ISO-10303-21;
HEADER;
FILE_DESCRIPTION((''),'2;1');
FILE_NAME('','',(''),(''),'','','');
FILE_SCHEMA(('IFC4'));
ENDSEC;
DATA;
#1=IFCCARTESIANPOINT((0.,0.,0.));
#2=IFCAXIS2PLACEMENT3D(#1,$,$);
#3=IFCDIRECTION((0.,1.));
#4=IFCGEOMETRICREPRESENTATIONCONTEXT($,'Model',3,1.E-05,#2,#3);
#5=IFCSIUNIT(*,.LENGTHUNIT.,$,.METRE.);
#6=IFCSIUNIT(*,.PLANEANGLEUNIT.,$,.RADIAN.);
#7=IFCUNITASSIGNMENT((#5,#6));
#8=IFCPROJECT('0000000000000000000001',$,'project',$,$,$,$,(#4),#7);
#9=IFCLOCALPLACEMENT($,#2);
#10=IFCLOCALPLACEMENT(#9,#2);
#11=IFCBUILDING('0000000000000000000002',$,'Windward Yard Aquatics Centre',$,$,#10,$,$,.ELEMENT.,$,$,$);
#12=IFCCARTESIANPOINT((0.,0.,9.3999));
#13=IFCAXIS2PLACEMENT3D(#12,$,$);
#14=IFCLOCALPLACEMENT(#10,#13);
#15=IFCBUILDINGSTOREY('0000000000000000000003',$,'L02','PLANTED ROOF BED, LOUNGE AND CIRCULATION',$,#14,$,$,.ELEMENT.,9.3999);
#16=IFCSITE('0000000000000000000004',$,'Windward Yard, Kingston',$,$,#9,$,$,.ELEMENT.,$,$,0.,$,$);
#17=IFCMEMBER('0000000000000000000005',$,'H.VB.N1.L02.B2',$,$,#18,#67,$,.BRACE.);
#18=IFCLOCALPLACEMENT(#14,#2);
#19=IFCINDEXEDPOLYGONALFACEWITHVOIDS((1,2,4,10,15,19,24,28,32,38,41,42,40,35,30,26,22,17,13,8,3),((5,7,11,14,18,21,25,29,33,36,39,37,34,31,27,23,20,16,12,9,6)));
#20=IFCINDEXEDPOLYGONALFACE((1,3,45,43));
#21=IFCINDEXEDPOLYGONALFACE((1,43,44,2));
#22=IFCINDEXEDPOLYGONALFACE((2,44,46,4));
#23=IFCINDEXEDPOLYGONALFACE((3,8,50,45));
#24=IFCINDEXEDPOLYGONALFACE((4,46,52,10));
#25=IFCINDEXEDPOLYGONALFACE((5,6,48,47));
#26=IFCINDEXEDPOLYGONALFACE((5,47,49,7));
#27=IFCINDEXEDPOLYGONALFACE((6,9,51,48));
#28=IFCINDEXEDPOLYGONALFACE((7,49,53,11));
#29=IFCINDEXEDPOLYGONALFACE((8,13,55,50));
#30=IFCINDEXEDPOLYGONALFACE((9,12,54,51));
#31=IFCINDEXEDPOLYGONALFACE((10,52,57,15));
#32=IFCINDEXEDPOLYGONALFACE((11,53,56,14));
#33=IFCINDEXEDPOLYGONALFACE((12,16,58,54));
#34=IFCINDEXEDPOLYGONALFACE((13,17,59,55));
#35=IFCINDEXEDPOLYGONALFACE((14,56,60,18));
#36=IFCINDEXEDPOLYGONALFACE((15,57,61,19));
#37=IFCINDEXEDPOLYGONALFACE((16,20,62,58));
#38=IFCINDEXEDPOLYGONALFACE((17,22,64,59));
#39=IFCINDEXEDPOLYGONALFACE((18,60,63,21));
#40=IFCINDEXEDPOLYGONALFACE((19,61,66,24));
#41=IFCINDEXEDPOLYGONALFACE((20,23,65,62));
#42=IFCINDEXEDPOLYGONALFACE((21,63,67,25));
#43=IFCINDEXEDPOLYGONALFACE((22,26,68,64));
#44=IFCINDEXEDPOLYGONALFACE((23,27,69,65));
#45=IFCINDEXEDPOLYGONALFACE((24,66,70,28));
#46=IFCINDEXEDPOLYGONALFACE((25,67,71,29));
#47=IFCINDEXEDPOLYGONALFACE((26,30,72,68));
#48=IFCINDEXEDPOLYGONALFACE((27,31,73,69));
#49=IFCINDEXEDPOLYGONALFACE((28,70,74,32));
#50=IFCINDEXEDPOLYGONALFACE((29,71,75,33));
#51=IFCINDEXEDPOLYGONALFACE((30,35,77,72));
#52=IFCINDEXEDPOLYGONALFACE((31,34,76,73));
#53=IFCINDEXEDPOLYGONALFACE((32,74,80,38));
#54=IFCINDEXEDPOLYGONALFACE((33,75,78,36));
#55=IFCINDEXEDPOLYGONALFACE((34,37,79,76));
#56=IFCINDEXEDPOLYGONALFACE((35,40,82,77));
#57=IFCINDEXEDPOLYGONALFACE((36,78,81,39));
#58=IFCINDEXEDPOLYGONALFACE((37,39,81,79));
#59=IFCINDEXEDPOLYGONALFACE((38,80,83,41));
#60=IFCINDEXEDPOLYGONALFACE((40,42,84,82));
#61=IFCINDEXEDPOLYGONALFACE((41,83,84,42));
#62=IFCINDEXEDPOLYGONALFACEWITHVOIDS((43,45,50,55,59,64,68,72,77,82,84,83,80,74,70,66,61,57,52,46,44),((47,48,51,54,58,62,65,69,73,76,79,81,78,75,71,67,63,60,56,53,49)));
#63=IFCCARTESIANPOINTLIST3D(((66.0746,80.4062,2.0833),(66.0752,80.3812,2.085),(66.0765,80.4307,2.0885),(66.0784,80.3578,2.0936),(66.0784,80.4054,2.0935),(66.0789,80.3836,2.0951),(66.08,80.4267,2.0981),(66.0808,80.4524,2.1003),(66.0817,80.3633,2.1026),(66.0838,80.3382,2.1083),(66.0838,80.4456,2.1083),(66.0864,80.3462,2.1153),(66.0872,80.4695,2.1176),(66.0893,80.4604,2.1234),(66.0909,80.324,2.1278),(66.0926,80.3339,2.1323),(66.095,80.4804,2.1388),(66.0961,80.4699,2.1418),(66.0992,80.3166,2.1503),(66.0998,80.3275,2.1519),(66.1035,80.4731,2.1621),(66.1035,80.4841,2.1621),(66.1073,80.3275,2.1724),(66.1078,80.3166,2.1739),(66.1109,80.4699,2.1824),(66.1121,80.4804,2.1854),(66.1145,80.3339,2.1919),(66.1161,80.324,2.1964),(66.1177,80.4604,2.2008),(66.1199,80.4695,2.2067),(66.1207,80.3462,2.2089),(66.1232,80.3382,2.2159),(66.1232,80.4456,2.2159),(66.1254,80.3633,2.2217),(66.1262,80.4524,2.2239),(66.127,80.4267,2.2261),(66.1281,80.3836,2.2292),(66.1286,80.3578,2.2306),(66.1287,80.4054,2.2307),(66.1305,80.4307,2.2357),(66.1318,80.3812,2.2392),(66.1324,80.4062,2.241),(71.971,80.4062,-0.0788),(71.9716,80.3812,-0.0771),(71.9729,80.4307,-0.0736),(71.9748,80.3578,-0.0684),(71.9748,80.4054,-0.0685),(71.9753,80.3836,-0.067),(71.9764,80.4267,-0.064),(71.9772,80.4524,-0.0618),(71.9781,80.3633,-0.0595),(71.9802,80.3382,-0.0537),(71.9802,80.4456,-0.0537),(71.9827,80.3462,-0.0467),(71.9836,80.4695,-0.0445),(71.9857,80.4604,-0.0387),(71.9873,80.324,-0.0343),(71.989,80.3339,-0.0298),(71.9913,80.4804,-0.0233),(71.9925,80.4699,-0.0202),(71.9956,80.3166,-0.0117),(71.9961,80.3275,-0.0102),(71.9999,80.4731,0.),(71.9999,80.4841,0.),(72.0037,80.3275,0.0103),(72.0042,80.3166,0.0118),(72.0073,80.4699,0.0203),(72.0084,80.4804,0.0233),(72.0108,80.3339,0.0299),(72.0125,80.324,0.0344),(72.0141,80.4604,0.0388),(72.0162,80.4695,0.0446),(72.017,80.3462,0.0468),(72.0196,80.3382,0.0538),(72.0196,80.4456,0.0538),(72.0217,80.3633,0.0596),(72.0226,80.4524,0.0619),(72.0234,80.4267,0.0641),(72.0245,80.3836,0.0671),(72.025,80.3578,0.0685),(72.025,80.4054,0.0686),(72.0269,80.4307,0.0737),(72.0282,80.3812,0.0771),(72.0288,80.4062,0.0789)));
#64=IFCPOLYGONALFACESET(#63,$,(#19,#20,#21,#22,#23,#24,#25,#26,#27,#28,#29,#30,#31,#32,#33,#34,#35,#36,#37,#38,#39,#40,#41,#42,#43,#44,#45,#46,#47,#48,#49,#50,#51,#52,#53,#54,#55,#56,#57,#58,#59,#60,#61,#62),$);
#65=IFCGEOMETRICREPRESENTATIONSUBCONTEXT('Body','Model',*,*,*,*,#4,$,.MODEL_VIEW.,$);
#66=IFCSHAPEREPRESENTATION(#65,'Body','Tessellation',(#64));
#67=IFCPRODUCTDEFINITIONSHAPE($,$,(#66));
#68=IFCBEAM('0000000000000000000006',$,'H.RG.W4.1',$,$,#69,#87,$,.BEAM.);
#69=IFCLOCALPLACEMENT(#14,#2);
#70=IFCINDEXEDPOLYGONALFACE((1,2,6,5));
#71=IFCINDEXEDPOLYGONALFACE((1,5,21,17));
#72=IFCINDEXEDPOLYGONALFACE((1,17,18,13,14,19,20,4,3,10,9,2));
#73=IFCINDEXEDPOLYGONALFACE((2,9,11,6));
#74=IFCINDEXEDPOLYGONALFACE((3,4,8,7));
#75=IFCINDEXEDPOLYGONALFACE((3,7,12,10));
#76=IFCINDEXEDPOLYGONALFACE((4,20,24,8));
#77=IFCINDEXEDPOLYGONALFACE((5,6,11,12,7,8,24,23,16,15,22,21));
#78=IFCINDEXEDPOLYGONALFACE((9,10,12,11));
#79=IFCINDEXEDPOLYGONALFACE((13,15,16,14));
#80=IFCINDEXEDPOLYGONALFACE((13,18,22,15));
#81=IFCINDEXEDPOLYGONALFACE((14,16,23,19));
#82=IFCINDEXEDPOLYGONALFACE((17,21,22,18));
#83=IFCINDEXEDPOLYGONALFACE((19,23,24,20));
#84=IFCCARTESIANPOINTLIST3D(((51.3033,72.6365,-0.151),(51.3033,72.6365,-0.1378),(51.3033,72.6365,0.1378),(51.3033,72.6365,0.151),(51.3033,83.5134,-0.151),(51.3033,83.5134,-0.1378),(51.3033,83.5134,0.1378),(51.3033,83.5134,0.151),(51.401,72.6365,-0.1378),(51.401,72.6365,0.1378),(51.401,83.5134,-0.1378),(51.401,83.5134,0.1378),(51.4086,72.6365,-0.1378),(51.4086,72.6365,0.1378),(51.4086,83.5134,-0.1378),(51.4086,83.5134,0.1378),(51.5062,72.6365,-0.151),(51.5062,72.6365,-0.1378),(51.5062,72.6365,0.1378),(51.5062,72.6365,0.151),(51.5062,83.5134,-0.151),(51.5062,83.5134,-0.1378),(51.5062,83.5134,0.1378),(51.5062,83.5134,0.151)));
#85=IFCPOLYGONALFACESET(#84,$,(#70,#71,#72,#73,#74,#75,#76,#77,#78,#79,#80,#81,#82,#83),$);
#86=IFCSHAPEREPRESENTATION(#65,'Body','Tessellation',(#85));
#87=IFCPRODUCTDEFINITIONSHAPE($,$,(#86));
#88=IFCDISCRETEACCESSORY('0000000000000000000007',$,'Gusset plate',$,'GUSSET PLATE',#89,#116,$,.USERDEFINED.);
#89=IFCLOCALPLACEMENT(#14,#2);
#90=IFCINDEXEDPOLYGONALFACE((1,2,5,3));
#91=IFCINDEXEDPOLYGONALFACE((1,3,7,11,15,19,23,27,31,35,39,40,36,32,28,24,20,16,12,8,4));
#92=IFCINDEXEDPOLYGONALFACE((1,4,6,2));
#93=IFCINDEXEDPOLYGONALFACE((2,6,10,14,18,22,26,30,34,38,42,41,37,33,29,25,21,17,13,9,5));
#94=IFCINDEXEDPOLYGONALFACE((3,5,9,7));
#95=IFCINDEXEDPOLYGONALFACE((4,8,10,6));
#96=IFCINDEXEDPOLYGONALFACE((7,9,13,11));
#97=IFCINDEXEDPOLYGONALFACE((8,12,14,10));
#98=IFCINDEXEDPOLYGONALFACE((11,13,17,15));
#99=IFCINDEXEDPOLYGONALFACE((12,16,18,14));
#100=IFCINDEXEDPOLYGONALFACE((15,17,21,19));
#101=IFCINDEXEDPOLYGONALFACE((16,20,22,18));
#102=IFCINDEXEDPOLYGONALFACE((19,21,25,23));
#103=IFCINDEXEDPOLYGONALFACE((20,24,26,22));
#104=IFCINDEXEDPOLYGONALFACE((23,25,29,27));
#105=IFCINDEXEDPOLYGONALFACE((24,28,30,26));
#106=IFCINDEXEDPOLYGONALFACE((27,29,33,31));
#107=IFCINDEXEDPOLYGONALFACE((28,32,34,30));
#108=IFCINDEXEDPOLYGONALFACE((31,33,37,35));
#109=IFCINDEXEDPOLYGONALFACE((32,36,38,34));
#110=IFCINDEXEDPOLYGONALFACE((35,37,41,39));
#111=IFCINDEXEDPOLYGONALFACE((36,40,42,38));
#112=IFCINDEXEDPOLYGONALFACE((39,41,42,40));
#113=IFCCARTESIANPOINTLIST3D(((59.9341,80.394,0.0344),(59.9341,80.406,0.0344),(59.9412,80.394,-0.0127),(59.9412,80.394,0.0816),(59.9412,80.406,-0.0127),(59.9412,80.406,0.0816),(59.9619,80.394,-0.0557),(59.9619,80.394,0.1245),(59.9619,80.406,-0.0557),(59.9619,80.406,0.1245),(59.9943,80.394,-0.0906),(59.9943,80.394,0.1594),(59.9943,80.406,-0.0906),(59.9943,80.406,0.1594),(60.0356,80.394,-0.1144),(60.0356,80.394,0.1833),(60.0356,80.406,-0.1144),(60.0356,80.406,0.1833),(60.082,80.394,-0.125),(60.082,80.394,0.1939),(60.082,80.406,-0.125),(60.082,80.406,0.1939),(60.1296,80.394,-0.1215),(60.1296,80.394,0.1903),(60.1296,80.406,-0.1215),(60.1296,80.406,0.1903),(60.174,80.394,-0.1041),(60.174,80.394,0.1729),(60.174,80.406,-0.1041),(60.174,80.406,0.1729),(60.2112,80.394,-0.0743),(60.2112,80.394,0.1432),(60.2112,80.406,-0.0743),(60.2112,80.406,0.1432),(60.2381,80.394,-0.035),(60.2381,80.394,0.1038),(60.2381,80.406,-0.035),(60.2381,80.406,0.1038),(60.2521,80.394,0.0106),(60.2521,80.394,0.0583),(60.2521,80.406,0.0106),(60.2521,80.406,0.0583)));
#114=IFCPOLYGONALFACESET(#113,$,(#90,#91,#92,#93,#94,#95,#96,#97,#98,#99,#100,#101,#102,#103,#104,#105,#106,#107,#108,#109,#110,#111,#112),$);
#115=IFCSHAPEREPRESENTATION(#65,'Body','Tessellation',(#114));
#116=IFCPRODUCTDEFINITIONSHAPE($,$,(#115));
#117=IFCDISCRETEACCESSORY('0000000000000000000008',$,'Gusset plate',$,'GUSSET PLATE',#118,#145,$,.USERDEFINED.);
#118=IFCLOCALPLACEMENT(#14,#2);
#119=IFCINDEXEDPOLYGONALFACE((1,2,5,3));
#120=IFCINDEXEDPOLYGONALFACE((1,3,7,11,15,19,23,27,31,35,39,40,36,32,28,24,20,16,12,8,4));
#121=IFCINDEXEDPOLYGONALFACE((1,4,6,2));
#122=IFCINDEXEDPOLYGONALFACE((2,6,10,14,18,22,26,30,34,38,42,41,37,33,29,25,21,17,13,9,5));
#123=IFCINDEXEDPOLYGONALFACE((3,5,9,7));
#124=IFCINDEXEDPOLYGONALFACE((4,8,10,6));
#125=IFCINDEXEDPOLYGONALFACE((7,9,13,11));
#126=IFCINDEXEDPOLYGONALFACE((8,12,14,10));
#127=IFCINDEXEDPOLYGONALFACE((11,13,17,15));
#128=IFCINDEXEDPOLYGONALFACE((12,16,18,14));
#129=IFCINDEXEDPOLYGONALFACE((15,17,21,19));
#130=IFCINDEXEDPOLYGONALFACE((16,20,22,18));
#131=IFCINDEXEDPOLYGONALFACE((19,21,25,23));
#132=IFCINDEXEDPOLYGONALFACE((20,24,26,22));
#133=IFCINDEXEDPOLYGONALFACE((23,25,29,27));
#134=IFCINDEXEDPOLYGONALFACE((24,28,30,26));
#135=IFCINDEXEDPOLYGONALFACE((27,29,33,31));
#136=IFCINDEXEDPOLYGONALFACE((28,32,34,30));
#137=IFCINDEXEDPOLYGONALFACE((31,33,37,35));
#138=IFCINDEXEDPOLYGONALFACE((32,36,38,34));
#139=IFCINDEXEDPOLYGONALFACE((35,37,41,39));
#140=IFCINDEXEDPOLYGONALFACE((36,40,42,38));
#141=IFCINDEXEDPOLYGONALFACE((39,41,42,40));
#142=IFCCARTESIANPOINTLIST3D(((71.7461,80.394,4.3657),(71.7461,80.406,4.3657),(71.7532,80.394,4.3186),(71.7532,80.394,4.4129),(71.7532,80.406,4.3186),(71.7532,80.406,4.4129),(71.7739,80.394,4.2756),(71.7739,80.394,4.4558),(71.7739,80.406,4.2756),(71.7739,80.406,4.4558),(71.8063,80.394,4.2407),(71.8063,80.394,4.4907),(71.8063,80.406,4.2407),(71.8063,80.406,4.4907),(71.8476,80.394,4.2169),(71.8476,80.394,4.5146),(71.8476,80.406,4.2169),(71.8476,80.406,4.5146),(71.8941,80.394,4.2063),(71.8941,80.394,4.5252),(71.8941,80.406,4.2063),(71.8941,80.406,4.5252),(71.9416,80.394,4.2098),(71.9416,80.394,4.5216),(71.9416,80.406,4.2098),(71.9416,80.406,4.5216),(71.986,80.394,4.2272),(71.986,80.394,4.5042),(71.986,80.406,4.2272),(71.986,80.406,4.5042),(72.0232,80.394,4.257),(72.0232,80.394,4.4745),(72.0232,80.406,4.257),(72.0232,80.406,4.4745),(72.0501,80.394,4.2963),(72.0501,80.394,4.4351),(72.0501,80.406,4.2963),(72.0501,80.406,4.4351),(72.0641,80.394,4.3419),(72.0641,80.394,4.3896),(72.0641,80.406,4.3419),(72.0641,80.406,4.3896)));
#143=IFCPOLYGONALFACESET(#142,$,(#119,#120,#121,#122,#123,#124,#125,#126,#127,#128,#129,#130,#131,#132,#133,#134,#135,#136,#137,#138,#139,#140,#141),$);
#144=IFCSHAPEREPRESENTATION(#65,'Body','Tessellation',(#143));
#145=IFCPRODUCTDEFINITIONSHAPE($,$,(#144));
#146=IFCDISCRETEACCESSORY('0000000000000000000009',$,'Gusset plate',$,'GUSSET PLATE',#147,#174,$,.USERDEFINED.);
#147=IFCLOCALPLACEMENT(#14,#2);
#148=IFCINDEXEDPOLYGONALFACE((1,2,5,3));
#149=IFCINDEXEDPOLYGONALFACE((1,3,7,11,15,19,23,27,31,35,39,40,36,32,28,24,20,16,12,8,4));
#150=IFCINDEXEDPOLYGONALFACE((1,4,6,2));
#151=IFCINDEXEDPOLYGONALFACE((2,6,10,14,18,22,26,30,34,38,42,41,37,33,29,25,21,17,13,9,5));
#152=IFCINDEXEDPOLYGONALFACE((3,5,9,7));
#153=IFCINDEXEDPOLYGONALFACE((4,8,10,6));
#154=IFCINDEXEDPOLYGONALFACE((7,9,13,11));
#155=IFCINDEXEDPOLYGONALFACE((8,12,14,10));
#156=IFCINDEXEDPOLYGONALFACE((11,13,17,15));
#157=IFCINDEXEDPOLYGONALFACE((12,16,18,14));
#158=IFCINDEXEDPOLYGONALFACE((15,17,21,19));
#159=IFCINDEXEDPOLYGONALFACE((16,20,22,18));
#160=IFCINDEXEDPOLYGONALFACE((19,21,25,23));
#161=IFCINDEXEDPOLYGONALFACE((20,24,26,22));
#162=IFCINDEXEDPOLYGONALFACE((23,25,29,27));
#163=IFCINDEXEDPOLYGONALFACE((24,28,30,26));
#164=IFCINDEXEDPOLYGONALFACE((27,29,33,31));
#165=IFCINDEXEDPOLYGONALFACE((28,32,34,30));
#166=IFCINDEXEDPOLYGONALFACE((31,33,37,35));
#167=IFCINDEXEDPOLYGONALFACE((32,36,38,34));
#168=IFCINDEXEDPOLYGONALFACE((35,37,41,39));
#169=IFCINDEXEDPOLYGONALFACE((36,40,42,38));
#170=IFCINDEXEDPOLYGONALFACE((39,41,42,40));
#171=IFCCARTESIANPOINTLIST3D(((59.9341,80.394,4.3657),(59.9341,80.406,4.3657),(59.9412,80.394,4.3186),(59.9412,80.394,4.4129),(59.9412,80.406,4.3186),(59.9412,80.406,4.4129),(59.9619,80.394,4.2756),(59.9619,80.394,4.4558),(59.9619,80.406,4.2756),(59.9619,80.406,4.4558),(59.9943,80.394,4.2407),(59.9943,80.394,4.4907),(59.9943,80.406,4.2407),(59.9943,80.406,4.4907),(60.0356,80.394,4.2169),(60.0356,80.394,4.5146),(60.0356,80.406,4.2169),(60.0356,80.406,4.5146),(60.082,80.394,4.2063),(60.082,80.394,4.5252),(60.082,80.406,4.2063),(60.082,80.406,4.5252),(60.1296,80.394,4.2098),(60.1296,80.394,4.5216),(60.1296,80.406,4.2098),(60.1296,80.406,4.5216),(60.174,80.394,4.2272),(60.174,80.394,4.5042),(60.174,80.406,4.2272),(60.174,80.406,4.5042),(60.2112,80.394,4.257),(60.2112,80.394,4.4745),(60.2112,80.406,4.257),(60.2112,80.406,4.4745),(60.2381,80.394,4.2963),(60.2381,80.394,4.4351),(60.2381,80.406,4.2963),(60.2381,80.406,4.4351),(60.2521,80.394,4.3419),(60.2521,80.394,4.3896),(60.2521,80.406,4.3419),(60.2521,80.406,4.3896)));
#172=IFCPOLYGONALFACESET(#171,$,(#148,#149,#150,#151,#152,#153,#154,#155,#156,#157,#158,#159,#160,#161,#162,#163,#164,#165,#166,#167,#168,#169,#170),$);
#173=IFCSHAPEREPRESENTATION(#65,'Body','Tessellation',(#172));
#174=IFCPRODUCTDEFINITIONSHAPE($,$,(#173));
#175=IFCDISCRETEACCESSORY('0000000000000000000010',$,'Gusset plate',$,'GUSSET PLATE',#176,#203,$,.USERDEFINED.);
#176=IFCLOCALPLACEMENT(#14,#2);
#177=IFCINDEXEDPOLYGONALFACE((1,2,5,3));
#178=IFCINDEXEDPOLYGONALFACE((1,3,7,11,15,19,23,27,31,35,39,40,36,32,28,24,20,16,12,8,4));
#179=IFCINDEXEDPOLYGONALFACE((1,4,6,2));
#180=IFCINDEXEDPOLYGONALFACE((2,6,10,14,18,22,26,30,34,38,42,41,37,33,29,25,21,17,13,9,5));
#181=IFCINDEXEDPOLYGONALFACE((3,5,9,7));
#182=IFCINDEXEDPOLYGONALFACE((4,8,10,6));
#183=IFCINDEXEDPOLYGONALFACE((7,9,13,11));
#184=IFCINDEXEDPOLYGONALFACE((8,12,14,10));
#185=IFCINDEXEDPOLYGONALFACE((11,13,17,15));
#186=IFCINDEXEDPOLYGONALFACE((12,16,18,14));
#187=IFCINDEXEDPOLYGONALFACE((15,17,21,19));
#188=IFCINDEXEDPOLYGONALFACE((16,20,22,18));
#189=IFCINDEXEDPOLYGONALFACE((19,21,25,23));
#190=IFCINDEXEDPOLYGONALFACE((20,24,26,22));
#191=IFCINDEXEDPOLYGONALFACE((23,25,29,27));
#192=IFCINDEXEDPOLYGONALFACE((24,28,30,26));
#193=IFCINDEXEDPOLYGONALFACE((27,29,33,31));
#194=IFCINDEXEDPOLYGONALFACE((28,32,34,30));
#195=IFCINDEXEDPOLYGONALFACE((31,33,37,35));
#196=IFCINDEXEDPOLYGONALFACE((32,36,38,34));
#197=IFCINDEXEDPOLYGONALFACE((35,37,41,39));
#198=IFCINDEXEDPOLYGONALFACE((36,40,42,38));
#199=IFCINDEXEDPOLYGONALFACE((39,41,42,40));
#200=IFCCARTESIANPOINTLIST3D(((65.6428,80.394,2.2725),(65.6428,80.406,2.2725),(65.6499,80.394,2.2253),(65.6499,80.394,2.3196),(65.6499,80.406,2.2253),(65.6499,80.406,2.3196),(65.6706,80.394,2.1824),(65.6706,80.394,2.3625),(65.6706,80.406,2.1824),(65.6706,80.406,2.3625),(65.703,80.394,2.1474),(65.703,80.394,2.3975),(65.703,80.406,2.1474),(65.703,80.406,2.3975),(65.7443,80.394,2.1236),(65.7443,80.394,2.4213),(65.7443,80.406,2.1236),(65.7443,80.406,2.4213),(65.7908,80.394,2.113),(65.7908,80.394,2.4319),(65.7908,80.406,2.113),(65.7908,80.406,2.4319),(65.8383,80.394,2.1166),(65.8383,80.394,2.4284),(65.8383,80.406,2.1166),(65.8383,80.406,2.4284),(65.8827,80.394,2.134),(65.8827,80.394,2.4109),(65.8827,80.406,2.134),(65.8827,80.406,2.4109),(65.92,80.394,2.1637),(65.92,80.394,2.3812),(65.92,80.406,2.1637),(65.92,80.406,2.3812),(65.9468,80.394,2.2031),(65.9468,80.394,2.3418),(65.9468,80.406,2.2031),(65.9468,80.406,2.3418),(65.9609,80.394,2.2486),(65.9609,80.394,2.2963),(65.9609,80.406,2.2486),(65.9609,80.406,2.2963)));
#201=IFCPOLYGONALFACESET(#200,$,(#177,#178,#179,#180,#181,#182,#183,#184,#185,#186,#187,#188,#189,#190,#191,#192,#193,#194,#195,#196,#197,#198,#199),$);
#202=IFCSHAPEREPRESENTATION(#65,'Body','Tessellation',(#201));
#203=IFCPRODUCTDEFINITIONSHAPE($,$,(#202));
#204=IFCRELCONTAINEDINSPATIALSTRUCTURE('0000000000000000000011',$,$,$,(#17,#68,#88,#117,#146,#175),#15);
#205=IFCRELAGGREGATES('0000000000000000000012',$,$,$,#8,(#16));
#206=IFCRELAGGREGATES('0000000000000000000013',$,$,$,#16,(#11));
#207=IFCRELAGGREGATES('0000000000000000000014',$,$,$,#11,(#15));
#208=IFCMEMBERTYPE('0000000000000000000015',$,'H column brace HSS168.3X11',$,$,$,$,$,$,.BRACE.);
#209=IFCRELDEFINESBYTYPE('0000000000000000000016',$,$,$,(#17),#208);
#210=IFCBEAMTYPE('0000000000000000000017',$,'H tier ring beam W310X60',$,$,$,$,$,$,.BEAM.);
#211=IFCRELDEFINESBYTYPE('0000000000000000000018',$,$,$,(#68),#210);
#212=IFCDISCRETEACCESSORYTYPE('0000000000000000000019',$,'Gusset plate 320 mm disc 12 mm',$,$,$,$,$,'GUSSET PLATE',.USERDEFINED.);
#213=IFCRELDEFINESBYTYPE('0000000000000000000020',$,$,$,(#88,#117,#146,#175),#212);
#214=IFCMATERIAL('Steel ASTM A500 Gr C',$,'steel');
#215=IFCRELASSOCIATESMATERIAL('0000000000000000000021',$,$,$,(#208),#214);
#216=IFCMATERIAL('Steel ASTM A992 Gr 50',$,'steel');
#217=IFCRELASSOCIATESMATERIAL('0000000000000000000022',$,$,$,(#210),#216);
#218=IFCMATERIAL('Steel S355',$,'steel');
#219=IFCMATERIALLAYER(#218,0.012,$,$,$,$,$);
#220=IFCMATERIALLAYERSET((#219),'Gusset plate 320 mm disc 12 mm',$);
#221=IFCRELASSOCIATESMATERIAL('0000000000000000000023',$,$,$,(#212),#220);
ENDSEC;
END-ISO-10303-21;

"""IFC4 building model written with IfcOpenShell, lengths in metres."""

from ifc_helpers import new_model, si_unit, direction, frame, origin, origin_2d, place, context, subcontext, project, spatial, circle, hollow_circle, i_section, extrude, material, layer, layer_set, material_profile, profile_set, type_object, element, save


model = new_model("IFC4")

# Units and contexts
model_context = context("Model", 3, precision=1e-05, world=origin(), true_north=direction((0.0, 1.0)))
body_context = subcontext(model_context, "Body", "Model", "MODEL_VIEW")
ifc_project = project(units=[si_unit("LENGTHUNIT", "METRE"), si_unit("PLANEANGLEUNIT", "RADIAN")], contexts=[model_context])

# Site, building, storey
site_placement = place(None, origin())
site = spatial("IfcSite", under=ifc_project, at=site_placement, Name="Windward Yard, Kingston", CompositionType="ELEMENT", RefElevation=0.0)
building_placement = place(site_placement, origin())
building = spatial("IfcBuilding", under=site, at=building_placement, Name="Windward Yard Aquatics Centre", CompositionType="ELEMENT")
storey_placement = place(building_placement, frame((0.0, 0.0, 9.3999)))
storey = spatial("IfcBuildingStorey", under=building, at=storey_placement, Name="L02", Description="PLANTED ROOF BED, LOUNGE AND CIRCULATION", CompositionType="ELEMENT", Elevation=9.3999)

# Shared definitions
ifc_material_1 = material(Name="Steel ASTM A500 Gr C", Category="steel")

# Shared definitions
ifc_material_2 = material(Name="Steel ASTM A992 Gr 50", Category="steel")

# Member
ifc_material_profile_1 = material_profile(ifc_material_1, hollow_circle(Radius=0.0842, WallThickness=0.011, at=origin_2d()), Name="HSS168.3X11")
ifc_profile_set_1 = profile_set([ifc_material_profile_1], Name="Steel ASTM A500 Gr C")
member_type_1 = type_object("IfcMemberType", Name="H column brace HSS168.3X11", PredefinedType="BRACE", material=ifc_profile_set_1)
for number, where, z_axis, x_axis, name in (
    (1, (66.1035, 80.3999, 2.1621), (0.938873, 0.0, -0.344264), (0.0, 1.0, 0.0), "H.VB.N1.L02.B2"),
):
    element("IfcMember", number, at=place(storey_placement, frame(where, z_axis=z_axis, x_axis=x_axis)), inside=storey, type_object=member_type_1, Name=name, PredefinedType="BRACE", context=body_context, shape_type="SweptSolid", body=[
        extrude(hollow_circle(Radius=0.0842, WallThickness=0.011, at=origin_2d()), origin(), (0.0, 0.0, 1.0), 6.2803),
    ])

# Beam
ifc_material_profile_2 = material_profile(ifc_material_2, i_section(OverallWidth=0.2029, OverallDepth=0.302, WebThickness=0.0076, FlangeThickness=0.0132, at=origin_2d()), Name="W310X60")
ifc_profile_set_2 = profile_set([ifc_material_profile_2], Name="Steel ASTM A992 Gr 50")
beam_type_1 = type_object("IfcBeamType", Name="H tier ring beam W310X60", PredefinedType="BEAM", material=ifc_profile_set_2)
beam_placement = place(storey_placement, frame((51.4048, 72.6365, 0.0), z_axis=(0.0, 1.0, 0.0), x_axis=(-1.0, 0.0, 0.0)))
element("IfcBeam", 2, at=beam_placement, inside=storey, type_object=beam_type_1, Name="H.RG.W4.1", PredefinedType="BEAM", context=body_context, shape_type="SweptSolid", body=[
    extrude(i_section(OverallWidth=0.2029, OverallDepth=0.302, WebThickness=0.0076, FlangeThickness=0.0132, at=origin_2d()), origin(), (0.0, 0.0, 1.0), 10.877),
])

# Discrete accessories
ifc_material_3 = material(Name="Steel S355", Category="steel")
ifc_layer_1 = layer(ifc_material_3, 0.012)
ifc_layer_set_1 = layer_set([ifc_layer_1], Name="Gusset plate 320 mm disc 12 mm")
discrete_accessory_type = type_object("IfcDiscreteAccessoryType", Name="Gusset plate 320 mm disc 12 mm", ElementType="GUSSET PLATE", PredefinedType="USERDEFINED", material=ifc_layer_set_1)
for number, where, z_axis, x_axis, name in (
    (3, (60.094, 80.394, 0.0344), (0.0, 1.0, 0.0), (-1.0, 0.0, 0.0), "Gusset plate"),
    (4, (71.906, 80.394, 4.3657), (0.0, 1.0, 0.0), (-1.0, 0.0, 0.0), "Gusset plate"),
    (5, (60.094, 80.394, 4.3657), (0.0, 1.0, 0.0), (-1.0, 0.0, 0.0), "Gusset plate"),
    (6, (65.8027, 80.394, 2.2725), (0.0, 1.0, 0.0), (-1.0, 0.0, 0.0), "Gusset plate"),
):
    element("IfcDiscreteAccessory", number, at=place(storey_placement, frame(where, z_axis=z_axis, x_axis=x_axis)), inside=storey, type_object=discrete_accessory_type, Name=name, ObjectType="GUSSET PLATE", PredefinedType="USERDEFINED", context=body_context, shape_type="SweptSolid", body=[
        extrude(circle(Radius=0.1599, at=origin_2d()), origin(), (0.0, 0.0, 1.0), 0.012),
    ])

save(model, "model.ifc")
